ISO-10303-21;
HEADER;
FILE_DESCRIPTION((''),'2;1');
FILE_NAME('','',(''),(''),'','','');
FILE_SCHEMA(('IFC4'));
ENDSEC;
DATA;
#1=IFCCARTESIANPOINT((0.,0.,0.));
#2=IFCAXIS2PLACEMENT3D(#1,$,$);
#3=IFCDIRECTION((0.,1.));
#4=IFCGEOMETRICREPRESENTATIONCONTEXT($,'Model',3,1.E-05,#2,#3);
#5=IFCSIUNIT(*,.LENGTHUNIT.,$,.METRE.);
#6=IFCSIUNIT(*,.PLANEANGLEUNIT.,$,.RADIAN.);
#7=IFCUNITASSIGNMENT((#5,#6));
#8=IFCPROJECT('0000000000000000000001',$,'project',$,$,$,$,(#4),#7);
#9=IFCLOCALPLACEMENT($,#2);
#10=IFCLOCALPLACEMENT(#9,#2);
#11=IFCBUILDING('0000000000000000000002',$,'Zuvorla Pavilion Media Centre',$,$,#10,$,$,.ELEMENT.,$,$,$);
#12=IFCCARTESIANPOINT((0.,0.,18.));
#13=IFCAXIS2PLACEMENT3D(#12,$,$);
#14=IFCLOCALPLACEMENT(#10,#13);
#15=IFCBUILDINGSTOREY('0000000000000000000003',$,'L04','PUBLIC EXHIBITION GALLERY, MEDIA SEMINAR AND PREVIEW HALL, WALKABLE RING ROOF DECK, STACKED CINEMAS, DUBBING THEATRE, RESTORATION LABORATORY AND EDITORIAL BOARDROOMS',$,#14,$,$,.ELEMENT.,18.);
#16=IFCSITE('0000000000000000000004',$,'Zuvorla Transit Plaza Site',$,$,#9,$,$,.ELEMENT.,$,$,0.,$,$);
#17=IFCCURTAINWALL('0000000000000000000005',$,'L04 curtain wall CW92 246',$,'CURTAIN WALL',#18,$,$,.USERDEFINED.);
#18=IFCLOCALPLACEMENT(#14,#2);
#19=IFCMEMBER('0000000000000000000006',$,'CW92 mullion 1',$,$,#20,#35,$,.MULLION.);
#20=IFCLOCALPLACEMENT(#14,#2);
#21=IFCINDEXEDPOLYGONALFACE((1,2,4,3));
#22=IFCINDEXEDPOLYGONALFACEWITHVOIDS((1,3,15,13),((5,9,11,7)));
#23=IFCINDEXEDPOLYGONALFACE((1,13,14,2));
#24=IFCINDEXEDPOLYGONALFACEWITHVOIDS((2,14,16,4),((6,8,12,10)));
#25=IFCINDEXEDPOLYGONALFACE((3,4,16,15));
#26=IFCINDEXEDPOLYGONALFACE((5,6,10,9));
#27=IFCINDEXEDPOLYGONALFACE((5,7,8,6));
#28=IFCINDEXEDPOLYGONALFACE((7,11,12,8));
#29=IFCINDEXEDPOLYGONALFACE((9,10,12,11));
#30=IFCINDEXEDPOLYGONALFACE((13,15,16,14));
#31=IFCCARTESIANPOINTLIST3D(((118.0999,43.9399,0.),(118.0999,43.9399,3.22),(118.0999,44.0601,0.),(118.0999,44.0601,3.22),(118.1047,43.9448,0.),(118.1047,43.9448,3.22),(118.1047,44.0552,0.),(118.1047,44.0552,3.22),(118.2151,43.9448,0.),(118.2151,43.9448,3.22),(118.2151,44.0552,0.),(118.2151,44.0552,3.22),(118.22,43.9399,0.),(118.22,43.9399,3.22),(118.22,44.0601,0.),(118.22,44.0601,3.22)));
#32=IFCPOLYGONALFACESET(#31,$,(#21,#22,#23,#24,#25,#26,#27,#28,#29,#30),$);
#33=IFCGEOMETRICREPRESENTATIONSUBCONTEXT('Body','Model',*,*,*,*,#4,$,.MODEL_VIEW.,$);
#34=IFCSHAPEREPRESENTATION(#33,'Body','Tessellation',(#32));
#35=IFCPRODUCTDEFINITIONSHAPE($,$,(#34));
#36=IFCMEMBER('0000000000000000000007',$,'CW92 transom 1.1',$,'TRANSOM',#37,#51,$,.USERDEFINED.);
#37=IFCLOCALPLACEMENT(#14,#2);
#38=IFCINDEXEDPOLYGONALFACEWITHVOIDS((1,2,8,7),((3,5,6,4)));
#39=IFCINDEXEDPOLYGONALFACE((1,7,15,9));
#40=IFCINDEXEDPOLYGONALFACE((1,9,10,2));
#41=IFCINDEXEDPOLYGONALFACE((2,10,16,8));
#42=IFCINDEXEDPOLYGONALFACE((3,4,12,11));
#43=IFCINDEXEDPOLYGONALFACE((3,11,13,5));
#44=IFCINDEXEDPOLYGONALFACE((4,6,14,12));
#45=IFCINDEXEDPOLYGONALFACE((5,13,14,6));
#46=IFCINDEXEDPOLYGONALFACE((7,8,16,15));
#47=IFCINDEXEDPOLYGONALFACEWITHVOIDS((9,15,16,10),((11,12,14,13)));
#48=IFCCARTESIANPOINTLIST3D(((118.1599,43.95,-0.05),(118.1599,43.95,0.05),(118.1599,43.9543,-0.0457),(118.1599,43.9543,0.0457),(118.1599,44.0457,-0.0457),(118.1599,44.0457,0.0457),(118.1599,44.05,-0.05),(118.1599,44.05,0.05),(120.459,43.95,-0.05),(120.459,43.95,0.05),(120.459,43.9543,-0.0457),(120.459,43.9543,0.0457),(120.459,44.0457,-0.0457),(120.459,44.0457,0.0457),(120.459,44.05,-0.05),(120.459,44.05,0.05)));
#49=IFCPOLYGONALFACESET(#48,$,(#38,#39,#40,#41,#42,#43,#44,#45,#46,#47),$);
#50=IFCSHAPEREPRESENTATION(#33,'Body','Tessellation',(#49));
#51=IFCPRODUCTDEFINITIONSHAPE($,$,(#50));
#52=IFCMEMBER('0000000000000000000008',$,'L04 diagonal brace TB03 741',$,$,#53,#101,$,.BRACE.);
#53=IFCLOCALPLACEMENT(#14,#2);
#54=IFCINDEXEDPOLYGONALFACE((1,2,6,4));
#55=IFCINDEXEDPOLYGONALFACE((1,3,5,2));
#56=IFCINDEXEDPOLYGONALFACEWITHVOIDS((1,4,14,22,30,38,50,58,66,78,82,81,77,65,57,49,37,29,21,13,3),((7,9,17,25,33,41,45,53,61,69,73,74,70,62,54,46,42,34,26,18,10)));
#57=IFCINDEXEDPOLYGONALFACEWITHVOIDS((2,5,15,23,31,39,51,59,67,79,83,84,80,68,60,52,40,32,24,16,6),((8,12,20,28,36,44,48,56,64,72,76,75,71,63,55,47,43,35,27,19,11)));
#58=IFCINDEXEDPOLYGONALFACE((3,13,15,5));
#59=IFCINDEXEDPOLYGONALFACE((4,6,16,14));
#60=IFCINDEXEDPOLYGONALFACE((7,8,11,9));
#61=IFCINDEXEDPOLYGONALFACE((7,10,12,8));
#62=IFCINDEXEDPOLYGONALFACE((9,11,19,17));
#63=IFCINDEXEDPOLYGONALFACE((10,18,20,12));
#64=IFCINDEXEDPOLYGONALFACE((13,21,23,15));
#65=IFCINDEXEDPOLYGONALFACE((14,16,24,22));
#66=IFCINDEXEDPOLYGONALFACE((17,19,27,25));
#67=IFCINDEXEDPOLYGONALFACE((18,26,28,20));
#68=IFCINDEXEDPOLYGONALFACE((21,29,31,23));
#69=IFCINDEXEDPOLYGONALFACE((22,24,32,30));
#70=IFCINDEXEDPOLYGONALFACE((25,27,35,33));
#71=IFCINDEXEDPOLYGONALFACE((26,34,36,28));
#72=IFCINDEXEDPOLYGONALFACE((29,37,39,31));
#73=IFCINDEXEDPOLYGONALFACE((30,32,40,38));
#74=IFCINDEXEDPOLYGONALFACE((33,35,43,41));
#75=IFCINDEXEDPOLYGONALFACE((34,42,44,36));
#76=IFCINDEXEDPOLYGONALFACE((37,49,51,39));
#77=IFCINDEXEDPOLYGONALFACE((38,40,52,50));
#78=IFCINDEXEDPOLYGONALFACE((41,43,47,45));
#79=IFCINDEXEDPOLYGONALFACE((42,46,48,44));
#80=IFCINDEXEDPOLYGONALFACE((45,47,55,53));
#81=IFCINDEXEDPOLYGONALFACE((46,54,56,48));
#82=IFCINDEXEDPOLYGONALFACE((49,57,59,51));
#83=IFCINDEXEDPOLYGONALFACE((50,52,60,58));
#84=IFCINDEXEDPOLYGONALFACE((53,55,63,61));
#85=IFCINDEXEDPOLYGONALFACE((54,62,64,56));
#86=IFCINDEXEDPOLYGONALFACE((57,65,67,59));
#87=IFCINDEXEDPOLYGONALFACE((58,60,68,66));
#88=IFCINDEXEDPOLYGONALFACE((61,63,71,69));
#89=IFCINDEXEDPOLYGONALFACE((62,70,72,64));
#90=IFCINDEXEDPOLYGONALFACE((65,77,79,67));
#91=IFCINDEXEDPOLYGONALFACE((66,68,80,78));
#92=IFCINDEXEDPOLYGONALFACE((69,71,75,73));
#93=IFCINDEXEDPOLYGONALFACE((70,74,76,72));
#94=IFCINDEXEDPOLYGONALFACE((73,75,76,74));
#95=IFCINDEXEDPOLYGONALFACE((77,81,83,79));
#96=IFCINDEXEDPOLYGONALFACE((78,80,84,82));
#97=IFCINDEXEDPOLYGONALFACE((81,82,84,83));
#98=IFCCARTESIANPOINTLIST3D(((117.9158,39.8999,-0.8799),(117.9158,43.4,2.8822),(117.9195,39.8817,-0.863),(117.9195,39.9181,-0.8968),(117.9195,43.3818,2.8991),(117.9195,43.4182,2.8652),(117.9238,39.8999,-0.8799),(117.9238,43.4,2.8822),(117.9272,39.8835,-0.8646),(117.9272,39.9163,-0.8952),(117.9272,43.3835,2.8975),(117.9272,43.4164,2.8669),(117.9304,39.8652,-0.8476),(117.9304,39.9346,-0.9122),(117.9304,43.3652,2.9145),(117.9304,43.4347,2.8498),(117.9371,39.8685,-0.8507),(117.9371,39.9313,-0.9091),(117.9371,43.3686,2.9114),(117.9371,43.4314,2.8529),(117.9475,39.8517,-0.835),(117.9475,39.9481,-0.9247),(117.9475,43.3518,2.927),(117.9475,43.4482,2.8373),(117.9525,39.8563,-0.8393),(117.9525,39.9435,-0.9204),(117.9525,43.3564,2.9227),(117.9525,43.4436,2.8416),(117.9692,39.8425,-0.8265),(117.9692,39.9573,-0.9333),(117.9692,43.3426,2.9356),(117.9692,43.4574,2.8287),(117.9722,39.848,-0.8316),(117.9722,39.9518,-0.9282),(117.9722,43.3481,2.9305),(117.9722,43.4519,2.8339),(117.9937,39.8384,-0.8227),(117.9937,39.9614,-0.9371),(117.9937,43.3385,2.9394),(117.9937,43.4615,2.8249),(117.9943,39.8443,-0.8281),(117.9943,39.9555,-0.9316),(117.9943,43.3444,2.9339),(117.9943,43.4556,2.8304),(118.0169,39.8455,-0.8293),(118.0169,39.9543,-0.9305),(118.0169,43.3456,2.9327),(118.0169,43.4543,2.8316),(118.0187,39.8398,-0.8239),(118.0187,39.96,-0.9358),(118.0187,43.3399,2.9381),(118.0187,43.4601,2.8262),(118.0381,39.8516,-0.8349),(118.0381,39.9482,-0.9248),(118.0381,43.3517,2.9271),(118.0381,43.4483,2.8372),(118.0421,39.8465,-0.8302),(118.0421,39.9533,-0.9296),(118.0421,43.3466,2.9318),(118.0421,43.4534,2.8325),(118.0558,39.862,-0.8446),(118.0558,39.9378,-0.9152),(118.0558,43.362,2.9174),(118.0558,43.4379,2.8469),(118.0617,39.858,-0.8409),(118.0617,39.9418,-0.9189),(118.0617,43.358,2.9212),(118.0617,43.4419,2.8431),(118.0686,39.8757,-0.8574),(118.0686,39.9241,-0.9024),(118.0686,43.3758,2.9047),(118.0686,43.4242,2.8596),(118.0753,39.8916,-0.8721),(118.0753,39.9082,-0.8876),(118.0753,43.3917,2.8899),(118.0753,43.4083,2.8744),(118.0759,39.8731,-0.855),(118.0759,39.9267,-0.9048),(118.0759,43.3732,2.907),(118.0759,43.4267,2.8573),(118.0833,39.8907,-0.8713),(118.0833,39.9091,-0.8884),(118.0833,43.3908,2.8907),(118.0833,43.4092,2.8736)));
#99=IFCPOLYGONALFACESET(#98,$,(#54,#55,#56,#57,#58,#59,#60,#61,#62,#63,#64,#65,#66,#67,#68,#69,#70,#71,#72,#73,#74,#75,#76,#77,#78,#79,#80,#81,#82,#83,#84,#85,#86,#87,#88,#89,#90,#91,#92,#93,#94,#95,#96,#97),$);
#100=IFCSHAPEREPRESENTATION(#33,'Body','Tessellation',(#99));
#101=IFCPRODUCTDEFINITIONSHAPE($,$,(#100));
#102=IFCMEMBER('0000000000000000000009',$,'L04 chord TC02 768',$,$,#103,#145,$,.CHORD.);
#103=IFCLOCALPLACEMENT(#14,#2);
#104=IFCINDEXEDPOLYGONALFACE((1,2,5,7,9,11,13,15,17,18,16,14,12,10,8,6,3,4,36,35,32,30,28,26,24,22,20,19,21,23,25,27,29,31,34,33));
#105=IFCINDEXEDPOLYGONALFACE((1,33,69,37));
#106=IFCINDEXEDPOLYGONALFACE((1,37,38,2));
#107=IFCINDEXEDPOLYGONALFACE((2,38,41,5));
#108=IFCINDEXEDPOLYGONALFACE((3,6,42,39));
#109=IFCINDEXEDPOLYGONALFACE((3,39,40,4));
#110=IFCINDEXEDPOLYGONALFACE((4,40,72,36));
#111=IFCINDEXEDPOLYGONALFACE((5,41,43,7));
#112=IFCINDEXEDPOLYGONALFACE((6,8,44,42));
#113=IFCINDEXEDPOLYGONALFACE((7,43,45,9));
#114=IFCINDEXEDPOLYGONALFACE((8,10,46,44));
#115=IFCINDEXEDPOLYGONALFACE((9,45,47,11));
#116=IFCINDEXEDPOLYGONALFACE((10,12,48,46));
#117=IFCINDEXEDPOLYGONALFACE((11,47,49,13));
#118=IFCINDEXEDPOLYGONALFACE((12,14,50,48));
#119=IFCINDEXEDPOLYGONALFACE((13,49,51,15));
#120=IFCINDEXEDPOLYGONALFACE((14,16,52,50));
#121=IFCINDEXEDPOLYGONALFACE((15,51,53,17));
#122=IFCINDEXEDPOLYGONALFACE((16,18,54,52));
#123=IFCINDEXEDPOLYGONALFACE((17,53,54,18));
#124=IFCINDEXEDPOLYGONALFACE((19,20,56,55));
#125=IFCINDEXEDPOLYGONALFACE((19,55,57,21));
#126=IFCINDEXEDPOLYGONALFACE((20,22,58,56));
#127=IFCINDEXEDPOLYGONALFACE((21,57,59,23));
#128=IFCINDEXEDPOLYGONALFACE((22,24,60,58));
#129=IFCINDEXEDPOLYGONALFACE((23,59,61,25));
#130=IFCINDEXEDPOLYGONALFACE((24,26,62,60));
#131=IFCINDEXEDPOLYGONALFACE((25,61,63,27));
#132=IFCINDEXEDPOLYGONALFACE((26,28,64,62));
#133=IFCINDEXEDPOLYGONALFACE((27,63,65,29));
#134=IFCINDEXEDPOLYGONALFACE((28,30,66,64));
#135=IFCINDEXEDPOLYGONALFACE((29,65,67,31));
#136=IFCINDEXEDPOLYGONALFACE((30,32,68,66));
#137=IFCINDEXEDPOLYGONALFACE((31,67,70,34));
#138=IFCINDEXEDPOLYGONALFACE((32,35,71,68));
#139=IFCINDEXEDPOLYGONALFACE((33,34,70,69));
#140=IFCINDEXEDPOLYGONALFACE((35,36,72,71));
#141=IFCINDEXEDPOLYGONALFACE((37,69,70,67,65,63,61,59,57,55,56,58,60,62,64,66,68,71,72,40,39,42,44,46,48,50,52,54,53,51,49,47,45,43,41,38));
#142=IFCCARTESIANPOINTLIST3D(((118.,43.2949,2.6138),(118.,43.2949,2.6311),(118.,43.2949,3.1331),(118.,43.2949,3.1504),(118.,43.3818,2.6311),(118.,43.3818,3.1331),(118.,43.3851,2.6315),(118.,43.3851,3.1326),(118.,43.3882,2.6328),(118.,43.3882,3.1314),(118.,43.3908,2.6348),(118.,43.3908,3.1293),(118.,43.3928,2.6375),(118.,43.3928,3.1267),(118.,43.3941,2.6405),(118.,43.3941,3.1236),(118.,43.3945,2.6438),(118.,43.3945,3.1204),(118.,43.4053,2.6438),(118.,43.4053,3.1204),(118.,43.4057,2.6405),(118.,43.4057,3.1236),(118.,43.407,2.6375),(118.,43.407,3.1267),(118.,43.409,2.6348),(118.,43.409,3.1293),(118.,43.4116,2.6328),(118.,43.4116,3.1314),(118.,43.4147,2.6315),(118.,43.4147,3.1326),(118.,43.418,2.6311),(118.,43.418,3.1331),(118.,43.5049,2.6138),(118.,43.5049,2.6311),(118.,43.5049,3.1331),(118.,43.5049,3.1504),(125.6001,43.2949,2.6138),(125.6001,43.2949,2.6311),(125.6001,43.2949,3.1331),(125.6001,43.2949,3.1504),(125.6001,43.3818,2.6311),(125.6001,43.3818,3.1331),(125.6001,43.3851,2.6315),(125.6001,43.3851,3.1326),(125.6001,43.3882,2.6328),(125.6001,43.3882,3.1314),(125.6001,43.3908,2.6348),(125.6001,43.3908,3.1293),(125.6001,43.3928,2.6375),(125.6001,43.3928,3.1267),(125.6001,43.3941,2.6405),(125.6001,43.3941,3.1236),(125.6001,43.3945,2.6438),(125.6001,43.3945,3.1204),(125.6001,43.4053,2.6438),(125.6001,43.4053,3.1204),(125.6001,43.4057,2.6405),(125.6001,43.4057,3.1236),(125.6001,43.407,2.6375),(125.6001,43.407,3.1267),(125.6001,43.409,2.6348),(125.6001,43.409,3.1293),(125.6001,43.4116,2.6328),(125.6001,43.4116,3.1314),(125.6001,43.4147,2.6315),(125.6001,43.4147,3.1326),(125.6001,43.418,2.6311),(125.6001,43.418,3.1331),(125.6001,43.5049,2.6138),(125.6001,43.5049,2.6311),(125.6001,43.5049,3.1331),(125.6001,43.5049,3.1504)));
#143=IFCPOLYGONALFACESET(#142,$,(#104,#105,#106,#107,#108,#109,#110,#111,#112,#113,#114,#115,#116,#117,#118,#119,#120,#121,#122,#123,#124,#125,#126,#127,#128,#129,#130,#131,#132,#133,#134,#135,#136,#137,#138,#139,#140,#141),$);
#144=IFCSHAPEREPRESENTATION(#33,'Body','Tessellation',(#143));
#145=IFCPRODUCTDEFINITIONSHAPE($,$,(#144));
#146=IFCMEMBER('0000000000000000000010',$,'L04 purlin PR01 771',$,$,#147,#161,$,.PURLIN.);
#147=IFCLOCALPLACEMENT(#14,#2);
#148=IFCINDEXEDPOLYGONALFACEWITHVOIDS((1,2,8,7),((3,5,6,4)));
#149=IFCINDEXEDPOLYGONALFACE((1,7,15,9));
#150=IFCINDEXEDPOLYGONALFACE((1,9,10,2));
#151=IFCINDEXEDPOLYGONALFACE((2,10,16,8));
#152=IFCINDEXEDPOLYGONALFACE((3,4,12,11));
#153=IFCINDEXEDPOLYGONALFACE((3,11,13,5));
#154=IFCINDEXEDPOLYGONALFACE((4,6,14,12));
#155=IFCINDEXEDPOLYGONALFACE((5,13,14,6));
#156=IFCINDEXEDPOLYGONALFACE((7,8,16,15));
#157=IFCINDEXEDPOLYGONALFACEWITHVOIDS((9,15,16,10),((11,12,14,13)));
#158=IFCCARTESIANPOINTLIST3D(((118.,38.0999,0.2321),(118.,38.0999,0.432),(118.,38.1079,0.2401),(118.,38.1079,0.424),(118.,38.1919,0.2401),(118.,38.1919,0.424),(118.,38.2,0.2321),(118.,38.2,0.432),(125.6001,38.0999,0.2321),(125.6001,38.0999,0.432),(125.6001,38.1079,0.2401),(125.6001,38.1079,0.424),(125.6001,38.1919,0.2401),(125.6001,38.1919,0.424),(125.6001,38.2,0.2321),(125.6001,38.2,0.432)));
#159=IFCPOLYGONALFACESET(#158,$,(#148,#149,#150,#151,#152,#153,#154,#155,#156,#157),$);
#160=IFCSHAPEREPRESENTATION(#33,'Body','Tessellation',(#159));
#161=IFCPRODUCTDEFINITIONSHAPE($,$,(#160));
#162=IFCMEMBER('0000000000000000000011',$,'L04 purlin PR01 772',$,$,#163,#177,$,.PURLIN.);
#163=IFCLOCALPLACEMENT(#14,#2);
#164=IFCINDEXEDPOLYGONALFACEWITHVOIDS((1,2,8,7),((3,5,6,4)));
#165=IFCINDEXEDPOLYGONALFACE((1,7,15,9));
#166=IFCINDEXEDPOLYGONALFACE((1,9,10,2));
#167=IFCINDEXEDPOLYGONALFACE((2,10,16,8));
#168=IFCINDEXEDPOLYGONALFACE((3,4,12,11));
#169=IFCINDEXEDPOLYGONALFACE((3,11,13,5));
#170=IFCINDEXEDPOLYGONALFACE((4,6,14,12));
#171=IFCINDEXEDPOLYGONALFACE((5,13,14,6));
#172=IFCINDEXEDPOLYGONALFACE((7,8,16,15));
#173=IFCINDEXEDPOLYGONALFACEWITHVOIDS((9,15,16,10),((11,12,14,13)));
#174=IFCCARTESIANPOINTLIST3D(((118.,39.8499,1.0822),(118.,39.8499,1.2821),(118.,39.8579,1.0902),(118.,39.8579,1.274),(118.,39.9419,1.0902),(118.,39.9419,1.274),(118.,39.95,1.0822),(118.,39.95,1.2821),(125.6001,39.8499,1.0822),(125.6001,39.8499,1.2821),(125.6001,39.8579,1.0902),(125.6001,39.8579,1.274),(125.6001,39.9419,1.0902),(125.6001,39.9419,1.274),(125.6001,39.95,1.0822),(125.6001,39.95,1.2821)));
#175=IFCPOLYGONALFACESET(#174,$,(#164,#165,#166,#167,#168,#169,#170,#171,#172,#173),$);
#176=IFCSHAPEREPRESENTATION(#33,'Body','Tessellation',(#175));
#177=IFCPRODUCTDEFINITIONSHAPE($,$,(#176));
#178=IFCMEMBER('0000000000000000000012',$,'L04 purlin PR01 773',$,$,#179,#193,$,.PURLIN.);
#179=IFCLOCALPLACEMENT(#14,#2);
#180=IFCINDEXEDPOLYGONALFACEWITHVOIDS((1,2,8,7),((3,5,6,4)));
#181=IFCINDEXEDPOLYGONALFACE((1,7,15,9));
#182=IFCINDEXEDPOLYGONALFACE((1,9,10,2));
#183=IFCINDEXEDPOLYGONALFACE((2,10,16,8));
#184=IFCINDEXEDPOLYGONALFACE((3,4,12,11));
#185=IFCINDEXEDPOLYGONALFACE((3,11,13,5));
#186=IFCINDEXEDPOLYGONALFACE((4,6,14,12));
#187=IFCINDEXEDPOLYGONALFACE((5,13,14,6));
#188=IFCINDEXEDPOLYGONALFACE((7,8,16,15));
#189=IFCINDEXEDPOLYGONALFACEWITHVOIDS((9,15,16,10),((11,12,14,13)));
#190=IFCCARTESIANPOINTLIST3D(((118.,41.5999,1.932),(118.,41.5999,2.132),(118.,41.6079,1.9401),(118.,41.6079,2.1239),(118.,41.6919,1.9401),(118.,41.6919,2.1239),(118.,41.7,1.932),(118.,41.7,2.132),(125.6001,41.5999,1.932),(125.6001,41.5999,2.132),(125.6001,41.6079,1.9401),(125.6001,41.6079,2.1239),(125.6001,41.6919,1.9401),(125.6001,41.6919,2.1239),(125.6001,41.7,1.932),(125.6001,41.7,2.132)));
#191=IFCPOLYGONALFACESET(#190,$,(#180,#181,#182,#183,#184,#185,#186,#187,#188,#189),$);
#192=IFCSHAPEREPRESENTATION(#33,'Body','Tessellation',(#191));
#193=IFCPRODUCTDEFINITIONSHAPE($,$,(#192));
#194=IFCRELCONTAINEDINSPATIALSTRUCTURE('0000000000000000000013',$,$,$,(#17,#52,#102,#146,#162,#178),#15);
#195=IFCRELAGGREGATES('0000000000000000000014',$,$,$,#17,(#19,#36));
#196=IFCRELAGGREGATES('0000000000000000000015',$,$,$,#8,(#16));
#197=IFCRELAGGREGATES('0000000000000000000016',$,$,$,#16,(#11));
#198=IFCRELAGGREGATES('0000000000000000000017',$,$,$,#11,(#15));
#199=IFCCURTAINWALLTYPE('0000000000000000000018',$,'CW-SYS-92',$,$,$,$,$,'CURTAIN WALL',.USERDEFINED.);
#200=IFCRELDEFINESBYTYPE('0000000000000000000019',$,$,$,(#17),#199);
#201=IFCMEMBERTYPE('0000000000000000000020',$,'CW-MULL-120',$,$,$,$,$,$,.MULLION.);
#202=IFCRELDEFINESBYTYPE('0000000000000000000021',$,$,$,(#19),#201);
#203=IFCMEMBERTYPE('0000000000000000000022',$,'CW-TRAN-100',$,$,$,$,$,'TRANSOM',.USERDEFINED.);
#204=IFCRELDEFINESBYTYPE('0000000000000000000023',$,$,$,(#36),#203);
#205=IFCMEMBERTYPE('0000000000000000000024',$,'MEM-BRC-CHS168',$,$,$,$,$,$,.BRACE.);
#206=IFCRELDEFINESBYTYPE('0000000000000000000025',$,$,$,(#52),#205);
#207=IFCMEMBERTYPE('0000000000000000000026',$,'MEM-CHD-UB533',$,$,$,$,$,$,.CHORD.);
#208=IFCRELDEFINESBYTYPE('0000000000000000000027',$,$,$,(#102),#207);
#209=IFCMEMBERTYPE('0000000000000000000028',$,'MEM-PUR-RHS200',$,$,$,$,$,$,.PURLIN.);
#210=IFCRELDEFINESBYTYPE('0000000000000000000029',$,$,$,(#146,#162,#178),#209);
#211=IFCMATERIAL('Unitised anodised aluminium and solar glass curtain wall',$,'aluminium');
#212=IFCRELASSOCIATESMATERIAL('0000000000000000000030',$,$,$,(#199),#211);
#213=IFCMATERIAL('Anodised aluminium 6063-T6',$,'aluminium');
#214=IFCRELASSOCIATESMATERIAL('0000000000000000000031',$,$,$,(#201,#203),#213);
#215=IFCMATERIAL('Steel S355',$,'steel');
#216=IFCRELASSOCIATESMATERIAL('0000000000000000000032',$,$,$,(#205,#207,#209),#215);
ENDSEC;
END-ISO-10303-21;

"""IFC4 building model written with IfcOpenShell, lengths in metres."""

from ifc_helpers import new_model, si_unit, direction, frame, origin, origin_2d, place, context, subcontext, project, spatial, hollow_rectangle, hollow_circle, i_section, extrude, material, material_profile, profile_set, type_object, element, aggregate, save


model = new_model("IFC4")

# Units and contexts
model_context = context("Model", 3, precision=1e-05, world=origin(), true_north=direction((0.0, 1.0)))
body_context = subcontext(model_context, "Body", "Model", "MODEL_VIEW")
ifc_project = project(units=[si_unit("LENGTHUNIT", "METRE"), si_unit("PLANEANGLEUNIT", "RADIAN")], contexts=[model_context])

# Site, building, storey
site_placement = place(None, origin())
site = spatial("IfcSite", under=ifc_project, at=site_placement, Name="Zuvorla Transit Plaza Site", CompositionType="ELEMENT", RefElevation=0.0)
building_placement = place(site_placement, origin())
building = spatial("IfcBuilding", under=site, at=building_placement, Name="Zuvorla Pavilion Media Centre", CompositionType="ELEMENT")
storey_placement = place(building_placement, frame((0.0, 0.0, 18.0)))
storey = spatial("IfcBuildingStorey", under=building, at=storey_placement, Name="L04", Description="PUBLIC EXHIBITION GALLERY, MEDIA SEMINAR AND PREVIEW HALL, WALKABLE RING ROOF DECK, STACKED CINEMAS, DUBBING THEATRE, RESTORATION LABORATORY AND EDITORIAL BOARDROOMS", CompositionType="ELEMENT", Elevation=18.0)

# Shared definitions
ifc_material_1 = material(Name="Steel S355", Category="steel")

# Curtain wall, members
ifc_material_2 = material(Name="Unitised anodised aluminium and solar glass curtain wall", Category="aluminium")
curtain_wall_type = type_object("IfcCurtainWallType", Name="CW-SYS-92", ElementType="CURTAIN WALL", PredefinedType="USERDEFINED", material=ifc_material_2)
curtain_wall_placement = place(storey_placement, origin())
curtain_wall = element("IfcCurtainWall", 1, at=curtain_wall_placement, inside=storey, type_object=curtain_wall_type, Name="L04 curtain wall CW92 246", ObjectType="CURTAIN WALL", PredefinedType="USERDEFINED")
ifc_material_3 = material(Name="Anodised aluminium 6063-T6", Category="aluminium")
ifc_material_profile_1 = material_profile(ifc_material_3, hollow_rectangle(XDim=0.1201, YDim=0.1201, WallThickness=0.0049, at=origin_2d()), Name="ALU MULL 120x120")
ifc_profile_set_1 = profile_set([ifc_material_profile_1], Name="Anodised aluminium 6063-T6")
member_type_1 = type_object("IfcMemberType", Name="CW-MULL-120", PredefinedType="MULLION", material=ifc_profile_set_1)
member_1_placement = place(storey_placement, frame((118.1599, 44.0, 0.0), z_axis=(0.0, 0.0, 1.0), x_axis=(1.0, 0.0, 0.0)))
member_1 = element("IfcMember", 2, at=member_1_placement, type_object=member_type_1, Name="CW92 mullion 1", PredefinedType="MULLION", context=body_context, shape_type="SweptSolid", body=[
    extrude(hollow_rectangle(XDim=0.1201, YDim=0.1201, WallThickness=0.0049, at=origin_2d()), origin(), (0.0, 0.0, 1.0), 3.22),
])
ifc_material_profile_2 = material_profile(ifc_material_3, hollow_rectangle(XDim=0.1001, YDim=0.1001, WallThickness=0.0044, at=origin_2d()), Name="ALU TRAN 100x100")
ifc_profile_set_2 = profile_set([ifc_material_profile_2], Name="Anodised aluminium 6063-T6")
member_type_2 = type_object("IfcMemberType", Name="CW-TRAN-100", ElementType="TRANSOM", PredefinedType="USERDEFINED", material=ifc_profile_set_2)
member_2_placement = place(storey_placement, frame((118.1599, 44.0, 0.0), z_axis=(1.0, 0.0, 0.0), x_axis=(0.0, 1.0, 0.0)))
member_2 = element("IfcMember", 3, at=member_2_placement, type_object=member_type_2, Name="CW92 transom 1.1", ObjectType="TRANSOM", PredefinedType="USERDEFINED", context=body_context, shape_type="SweptSolid", body=[
    extrude(hollow_rectangle(XDim=0.1001, YDim=0.1001, WallThickness=0.0044, at=origin_2d()), origin(), (0.0, 0.0, 1.0), 2.2991),
])
aggregate(curtain_wall, [member_1, member_2])

# Members
ifc_material_profile_3 = material_profile(ifc_material_1, hollow_circle(Radius=0.0842, WallThickness=0.0081, at=origin_2d()), Name="CHS 168.3x8")
ifc_profile_set_3 = profile_set([ifc_material_profile_3], Name="Steel S355")
member_type_3 = type_object("IfcMemberType", Name="MEM-BRC-CHS168", PredefinedType="BRACE", material=ifc_profile_set_3)
member_3_placement = place(storey_placement, frame((118.0, 39.8999, -0.8799), z_axis=(0.0, 0.681156, 0.732138), x_axis=(-1.0, 0.0, 0.0)))
element("IfcMember", 4, at=member_3_placement, inside=storey, type_object=member_type_3, Name="L04 diagonal brace TB03 741", PredefinedType="BRACE", context=body_context, shape_type="SweptSolid", body=[
    extrude(hollow_circle(Radius=0.0842, WallThickness=0.0081, at=origin_2d()), origin(), (0.0, 0.0, 1.0), 5.1384),
])
ifc_material_profile_4 = material_profile(ifc_material_1, i_section(OverallWidth=0.21, OverallDepth=0.5366, WebThickness=0.0107, FlangeThickness=0.0173, FilletRadius=0.0127, at=origin_2d()), Name="UB 533x210x101")
ifc_profile_set_4 = profile_set([ifc_material_profile_4], Name="Steel S355")
member_type_4 = type_object("IfcMemberType", Name="MEM-CHD-UB533", PredefinedType="CHORD", material=ifc_profile_set_4)
member_4_placement = place(storey_placement, frame((118.0, 43.3999, 2.8821), z_axis=(1.0, 0.0, 0.0), x_axis=(0.0, 1.0, 0.0)))
element("IfcMember", 5, at=member_4_placement, inside=storey, type_object=member_type_4, Name="L04 chord TC02 768", PredefinedType="CHORD", context=body_context, shape_type="SweptSolid", body=[
    extrude(i_section(OverallWidth=0.21, OverallDepth=0.5366, WebThickness=0.0107, FlangeThickness=0.0173, FilletRadius=0.0127, at=origin_2d()), origin(), (0.0, 0.0, 1.0), 7.6001),
])
ifc_material_profile_5 = material_profile(ifc_material_1, hollow_rectangle(XDim=0.1001, YDim=0.2, WallThickness=0.0081, at=origin_2d()), Name="RHS 200x100x8")
ifc_profile_set_5 = profile_set([ifc_material_profile_5], Name="Steel S355")
member_type_5 = type_object("IfcMemberType", Name="MEM-PUR-RHS200", PredefinedType="PURLIN", material=ifc_profile_set_5)
for number, where, z_axis, x_axis, name in (
    (6, (118.0, 38.1499, 0.332), (1.0, 0.0, 0.0), (0.0, 1.0, 0.0), "L04 purlin PR01 771"),
    (7, (118.0, 39.8999, 1.1821), (1.0, 0.0, 0.0), (0.0, 1.0, 0.0), "L04 purlin PR01 772"),
    (8, (118.0, 41.6499, 2.032), (1.0, 0.0, 0.0), (0.0, 1.0, 0.0), "L04 purlin PR01 773"),
):
    element("IfcMember", number, at=place(storey_placement, frame(where, z_axis=z_axis, x_axis=x_axis)), inside=storey, type_object=member_type_5, Name=name, PredefinedType="PURLIN", context=body_context, shape_type="SweptSolid", body=[
        extrude(hollow_rectangle(XDim=0.1001, YDim=0.2, WallThickness=0.0081, at=origin_2d()), origin(), (0.0, 0.0, 1.0), 7.6001),
    ])

save(model, "model.ifc")
